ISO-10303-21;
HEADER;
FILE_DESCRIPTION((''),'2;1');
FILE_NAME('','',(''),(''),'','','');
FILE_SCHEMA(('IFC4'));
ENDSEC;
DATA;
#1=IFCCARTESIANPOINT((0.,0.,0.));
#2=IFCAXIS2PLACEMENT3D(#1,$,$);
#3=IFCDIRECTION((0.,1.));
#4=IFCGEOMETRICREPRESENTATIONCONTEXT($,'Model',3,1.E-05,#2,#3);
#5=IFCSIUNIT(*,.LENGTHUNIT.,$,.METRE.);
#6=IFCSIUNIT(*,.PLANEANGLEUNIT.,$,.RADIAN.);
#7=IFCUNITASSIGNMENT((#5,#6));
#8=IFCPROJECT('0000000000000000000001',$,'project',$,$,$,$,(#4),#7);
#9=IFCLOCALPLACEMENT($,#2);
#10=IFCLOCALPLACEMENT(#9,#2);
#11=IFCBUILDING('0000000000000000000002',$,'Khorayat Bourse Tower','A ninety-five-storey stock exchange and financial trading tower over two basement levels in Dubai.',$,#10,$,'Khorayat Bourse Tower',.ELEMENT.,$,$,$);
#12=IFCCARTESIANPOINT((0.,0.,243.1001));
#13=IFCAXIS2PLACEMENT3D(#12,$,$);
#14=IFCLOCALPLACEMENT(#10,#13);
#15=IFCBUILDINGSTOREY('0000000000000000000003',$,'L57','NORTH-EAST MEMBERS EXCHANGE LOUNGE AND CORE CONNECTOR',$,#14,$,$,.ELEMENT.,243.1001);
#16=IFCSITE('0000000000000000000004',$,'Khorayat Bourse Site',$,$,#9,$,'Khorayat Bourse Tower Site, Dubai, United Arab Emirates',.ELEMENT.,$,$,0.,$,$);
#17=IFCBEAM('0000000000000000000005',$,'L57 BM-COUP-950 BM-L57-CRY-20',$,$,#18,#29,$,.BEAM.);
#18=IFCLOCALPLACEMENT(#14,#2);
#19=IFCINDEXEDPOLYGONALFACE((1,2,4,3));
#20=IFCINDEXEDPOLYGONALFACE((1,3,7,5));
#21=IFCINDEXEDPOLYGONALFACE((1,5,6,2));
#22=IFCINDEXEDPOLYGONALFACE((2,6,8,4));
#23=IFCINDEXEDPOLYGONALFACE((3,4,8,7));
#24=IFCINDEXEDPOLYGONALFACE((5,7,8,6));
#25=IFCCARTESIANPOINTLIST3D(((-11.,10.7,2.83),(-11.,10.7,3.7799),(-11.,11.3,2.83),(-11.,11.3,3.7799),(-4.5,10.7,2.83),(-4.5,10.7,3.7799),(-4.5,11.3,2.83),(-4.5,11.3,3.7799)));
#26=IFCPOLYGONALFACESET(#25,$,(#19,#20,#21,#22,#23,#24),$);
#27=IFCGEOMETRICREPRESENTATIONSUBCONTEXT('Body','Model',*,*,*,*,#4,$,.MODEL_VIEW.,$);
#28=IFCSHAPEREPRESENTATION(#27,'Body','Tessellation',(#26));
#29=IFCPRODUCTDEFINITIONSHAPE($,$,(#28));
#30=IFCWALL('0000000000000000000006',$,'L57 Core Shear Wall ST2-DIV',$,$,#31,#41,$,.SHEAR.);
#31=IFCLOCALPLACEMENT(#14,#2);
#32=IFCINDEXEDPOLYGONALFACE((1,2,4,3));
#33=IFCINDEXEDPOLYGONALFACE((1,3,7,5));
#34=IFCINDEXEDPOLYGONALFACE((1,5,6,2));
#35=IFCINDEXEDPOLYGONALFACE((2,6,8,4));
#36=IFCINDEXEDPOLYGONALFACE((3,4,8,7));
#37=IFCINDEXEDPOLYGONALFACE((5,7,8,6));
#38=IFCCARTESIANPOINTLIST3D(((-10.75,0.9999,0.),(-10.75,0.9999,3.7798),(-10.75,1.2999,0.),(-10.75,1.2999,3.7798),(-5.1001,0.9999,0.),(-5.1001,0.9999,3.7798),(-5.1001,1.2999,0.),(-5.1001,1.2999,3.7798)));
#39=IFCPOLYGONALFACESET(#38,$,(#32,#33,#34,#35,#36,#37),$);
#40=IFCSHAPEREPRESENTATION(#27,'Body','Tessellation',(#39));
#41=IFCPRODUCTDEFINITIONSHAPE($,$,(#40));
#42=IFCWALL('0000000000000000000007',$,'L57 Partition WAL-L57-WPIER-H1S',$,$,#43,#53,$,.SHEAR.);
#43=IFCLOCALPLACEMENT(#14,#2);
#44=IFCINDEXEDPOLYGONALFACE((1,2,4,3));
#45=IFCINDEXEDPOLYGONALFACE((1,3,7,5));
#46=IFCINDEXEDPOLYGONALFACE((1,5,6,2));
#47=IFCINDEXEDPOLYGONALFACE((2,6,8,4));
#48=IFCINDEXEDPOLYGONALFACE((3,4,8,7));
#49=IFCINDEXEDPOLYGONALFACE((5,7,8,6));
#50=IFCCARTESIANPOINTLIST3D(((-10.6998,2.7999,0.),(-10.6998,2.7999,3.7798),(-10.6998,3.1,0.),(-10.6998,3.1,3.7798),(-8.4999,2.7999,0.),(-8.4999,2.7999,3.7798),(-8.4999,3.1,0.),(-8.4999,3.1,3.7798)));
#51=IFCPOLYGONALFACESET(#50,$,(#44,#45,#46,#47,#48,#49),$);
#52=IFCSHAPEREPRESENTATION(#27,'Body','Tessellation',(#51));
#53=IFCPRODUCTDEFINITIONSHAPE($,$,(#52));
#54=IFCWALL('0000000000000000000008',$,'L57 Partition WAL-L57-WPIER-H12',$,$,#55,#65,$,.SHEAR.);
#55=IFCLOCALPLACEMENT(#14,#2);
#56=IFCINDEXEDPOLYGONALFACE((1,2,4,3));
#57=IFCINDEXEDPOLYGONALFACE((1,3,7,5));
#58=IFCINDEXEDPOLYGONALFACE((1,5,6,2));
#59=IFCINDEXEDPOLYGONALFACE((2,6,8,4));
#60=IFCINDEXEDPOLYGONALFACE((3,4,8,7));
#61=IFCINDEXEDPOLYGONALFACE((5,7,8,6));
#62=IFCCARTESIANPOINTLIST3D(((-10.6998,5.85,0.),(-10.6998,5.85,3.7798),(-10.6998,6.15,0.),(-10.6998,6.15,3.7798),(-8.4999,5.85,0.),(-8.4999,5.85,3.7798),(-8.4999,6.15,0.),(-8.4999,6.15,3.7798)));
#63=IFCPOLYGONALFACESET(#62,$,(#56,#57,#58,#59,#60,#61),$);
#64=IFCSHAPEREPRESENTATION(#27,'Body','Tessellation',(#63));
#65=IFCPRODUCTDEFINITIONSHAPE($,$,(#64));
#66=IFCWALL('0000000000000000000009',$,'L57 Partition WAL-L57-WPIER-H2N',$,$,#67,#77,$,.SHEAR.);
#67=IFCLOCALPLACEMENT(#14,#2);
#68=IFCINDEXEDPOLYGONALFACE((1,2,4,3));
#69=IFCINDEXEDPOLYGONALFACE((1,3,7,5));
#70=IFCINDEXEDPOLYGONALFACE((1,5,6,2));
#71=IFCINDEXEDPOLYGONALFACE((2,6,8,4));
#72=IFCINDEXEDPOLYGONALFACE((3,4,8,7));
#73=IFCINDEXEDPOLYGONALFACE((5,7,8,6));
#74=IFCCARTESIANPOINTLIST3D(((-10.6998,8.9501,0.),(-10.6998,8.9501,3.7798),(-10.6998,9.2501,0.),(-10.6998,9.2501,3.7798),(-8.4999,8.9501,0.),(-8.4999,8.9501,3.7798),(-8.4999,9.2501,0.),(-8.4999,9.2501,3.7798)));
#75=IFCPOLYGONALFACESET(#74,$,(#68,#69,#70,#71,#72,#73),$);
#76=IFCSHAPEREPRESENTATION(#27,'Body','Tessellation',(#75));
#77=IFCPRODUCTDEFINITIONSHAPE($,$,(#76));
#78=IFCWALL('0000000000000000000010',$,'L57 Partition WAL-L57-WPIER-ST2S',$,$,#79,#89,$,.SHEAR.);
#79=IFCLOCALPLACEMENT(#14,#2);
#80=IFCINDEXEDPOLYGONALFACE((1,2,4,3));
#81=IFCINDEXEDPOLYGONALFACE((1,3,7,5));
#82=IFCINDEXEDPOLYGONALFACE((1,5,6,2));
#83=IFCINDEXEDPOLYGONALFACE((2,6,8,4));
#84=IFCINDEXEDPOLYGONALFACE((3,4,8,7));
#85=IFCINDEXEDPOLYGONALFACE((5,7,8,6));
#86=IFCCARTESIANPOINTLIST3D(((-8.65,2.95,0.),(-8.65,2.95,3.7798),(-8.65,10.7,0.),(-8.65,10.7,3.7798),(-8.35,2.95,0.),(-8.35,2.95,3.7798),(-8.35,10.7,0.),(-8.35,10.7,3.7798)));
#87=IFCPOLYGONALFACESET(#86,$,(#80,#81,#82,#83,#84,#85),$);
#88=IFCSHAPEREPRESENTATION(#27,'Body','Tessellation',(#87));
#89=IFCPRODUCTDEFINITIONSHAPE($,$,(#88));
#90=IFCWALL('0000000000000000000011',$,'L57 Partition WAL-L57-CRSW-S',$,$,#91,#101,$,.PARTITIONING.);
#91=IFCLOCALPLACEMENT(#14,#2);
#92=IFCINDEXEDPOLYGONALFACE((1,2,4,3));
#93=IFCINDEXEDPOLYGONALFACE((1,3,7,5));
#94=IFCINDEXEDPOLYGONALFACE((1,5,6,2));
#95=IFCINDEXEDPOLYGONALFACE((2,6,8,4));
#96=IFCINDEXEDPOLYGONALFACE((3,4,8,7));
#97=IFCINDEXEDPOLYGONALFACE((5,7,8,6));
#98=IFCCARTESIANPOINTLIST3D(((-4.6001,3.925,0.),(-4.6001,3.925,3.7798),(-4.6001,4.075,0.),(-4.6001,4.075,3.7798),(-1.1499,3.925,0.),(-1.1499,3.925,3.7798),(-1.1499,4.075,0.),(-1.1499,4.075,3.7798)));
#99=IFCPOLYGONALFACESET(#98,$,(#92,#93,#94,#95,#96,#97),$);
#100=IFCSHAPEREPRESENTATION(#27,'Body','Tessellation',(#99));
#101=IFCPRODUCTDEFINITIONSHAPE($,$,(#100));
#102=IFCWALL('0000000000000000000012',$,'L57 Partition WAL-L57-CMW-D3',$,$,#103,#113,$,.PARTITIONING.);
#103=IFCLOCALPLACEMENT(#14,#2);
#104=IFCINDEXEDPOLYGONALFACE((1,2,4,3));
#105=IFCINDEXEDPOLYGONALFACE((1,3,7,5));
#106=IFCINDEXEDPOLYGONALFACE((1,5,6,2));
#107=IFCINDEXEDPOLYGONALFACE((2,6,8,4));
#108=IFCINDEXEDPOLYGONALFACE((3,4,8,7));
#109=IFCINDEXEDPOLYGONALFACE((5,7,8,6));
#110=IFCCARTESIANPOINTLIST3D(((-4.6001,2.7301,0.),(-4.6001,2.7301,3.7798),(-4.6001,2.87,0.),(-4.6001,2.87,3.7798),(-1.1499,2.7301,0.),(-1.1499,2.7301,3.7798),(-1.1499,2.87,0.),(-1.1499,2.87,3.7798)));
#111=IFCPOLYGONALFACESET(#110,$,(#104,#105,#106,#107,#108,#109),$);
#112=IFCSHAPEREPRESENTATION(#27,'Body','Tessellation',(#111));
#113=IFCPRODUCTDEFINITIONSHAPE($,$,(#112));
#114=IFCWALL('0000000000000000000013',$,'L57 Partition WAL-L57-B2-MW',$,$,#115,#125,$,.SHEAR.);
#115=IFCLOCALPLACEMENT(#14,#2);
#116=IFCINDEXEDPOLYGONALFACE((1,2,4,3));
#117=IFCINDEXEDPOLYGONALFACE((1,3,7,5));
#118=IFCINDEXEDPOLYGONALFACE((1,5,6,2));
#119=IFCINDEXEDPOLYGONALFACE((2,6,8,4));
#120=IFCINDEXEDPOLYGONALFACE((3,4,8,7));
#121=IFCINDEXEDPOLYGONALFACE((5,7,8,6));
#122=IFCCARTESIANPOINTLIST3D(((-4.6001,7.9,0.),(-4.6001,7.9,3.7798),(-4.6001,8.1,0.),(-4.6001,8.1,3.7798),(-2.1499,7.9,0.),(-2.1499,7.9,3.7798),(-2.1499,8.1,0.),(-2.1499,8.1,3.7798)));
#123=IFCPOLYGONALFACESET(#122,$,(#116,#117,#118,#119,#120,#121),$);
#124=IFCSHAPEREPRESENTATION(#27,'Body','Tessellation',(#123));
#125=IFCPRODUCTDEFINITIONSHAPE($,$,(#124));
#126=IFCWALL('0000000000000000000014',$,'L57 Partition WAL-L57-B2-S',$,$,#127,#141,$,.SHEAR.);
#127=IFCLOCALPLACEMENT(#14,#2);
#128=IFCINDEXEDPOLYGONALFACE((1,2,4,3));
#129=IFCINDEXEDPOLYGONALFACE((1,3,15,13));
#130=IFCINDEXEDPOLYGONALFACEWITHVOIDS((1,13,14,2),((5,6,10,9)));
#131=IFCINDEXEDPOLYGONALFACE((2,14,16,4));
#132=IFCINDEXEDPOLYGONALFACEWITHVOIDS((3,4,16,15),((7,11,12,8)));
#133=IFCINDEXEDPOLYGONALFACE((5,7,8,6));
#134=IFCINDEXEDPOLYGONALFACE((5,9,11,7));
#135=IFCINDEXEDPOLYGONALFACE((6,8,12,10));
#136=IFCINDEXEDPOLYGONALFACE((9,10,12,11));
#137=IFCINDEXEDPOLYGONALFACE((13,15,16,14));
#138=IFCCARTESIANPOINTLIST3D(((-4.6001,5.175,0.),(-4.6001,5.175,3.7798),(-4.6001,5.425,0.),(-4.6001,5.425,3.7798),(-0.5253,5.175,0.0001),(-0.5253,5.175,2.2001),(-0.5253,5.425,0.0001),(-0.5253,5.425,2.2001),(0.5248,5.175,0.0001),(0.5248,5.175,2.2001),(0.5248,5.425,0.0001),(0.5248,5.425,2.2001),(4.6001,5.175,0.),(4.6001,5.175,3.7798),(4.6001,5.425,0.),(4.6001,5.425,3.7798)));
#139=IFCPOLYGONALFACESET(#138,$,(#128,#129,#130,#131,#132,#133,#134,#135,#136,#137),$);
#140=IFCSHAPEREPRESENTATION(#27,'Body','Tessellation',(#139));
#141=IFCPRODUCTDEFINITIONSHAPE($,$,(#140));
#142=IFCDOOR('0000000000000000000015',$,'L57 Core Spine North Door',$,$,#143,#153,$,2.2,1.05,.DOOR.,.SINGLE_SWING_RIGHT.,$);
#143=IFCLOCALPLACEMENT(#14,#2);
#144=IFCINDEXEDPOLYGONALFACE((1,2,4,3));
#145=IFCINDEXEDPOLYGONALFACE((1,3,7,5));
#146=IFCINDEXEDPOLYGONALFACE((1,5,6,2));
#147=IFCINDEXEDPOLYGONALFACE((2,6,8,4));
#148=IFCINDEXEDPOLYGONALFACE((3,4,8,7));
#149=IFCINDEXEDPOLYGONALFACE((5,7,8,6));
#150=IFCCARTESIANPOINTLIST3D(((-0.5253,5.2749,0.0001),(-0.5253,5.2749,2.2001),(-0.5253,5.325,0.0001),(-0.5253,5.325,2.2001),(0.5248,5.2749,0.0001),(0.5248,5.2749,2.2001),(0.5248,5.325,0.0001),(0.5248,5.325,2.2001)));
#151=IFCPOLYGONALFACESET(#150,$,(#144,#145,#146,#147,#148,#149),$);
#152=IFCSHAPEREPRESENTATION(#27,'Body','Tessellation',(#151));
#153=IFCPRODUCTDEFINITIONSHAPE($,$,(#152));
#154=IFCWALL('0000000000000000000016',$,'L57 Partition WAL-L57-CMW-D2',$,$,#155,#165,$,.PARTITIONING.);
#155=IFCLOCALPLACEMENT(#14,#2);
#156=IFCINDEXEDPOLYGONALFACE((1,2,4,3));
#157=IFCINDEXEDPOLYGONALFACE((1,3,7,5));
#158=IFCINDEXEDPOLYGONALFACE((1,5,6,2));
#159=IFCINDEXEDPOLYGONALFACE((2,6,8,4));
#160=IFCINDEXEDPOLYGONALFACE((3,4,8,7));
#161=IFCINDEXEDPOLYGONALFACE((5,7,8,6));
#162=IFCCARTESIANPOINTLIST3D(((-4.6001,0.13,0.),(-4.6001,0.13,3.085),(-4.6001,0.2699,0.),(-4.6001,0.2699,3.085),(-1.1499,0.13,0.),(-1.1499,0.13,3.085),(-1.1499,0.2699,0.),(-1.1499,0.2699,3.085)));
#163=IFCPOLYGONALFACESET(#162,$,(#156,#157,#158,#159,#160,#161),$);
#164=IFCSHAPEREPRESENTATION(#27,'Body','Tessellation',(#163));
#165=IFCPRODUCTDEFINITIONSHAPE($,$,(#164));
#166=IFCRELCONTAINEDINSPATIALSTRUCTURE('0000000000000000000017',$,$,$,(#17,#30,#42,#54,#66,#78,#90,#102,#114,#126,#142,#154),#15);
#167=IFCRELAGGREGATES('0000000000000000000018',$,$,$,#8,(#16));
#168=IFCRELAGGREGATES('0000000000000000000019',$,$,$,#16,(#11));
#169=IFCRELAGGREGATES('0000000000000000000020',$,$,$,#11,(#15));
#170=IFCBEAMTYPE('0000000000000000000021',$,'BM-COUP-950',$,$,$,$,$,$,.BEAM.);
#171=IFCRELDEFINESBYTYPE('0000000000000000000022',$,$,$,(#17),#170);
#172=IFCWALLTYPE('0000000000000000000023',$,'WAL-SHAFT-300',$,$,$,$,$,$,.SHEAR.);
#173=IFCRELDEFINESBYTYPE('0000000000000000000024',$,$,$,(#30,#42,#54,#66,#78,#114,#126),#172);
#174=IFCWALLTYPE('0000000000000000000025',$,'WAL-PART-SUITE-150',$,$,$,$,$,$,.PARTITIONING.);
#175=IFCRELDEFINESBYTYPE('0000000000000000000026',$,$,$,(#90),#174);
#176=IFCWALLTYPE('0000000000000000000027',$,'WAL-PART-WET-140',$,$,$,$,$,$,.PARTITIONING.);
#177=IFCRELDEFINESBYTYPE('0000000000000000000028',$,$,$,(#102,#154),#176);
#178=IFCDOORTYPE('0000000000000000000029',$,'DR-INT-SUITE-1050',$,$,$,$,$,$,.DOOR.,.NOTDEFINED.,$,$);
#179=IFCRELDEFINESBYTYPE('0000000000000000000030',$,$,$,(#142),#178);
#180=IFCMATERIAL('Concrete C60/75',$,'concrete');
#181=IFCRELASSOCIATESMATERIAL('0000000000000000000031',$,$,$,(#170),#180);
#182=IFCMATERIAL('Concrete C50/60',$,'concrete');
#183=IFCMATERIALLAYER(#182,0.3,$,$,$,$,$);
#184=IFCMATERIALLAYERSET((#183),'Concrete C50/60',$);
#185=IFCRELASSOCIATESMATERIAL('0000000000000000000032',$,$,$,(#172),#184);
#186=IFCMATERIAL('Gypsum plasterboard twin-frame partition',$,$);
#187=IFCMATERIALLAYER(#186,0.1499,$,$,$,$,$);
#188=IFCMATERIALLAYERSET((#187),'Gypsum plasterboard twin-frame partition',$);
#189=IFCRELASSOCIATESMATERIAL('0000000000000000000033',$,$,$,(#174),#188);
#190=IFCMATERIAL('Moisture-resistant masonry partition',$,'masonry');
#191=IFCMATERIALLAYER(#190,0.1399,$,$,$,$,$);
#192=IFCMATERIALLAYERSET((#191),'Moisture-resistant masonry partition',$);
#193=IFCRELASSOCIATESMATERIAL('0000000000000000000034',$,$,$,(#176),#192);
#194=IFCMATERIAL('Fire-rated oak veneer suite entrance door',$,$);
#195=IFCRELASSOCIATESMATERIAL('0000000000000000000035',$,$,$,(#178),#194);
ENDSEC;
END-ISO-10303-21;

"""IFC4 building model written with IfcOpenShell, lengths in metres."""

from ifc_helpers import new_model, si_unit, direction, frame, frame_2d, origin, origin_2d, place, context, subcontext, project, spatial, rectangle, extrude, source, transform, mapped, material, layer, layer_set, material_profile, profile_set, type_object, element, fill, save


model = new_model("IFC4")

# Units and contexts
model_context = context("Model", 3, precision=1e-05, world=origin(), true_north=direction((0.0, 1.0)))
body_context = subcontext(model_context, "Body", "Model", "MODEL_VIEW")
ifc_project = project(units=[si_unit("LENGTHUNIT", "METRE"), si_unit("PLANEANGLEUNIT", "RADIAN")], contexts=[model_context])

# Site, building, storey
site_placement = place(None, origin())
site = spatial("IfcSite", under=ifc_project, at=site_placement, Name="Khorayat Bourse Site", LongName="Khorayat Bourse Tower Site, Dubai, United Arab Emirates", CompositionType="ELEMENT", RefElevation=0.0)
building_placement = place(site_placement, origin())
building = spatial("IfcBuilding", under=site, at=building_placement, Name="Khorayat Bourse Tower", Description="A ninety-five-storey stock exchange and financial trading tower over two basement levels in Dubai.", LongName="Khorayat Bourse Tower", CompositionType="ELEMENT")
storey_placement = place(building_placement, frame((0.0, 0.0, 243.1001)))
storey = spatial("IfcBuildingStorey", under=building, at=storey_placement, Name="L57", Description="NORTH-EAST MEMBERS EXCHANGE LOUNGE AND CORE CONNECTOR", CompositionType="ELEMENT", Elevation=243.1001)

# Shared definitions
ifc_material_1 = material(Name="Concrete C60/75", Category="concrete")

# Beam
ifc_material_profile_1 = material_profile(ifc_material_1, rectangle(XDim=0.6001, YDim=0.95, at=origin_2d()), Name="RC 600x950")
ifc_profile_set_1 = profile_set([ifc_material_profile_1], Name="Concrete C60/75")
beam_type_1 = type_object("IfcBeamType", Name="BM-COUP-950", PredefinedType="BEAM", material=ifc_profile_set_1)
shared_shape_1 = source(origin(), body_context, "Body", "SweptSolid", [
    extrude(rectangle(XDim=0.6001, YDim=0.95, at=origin_2d()), origin(), (0.0, 0.0, 1.0), 6.5),
])
beam_1_placement = place(storey_placement, frame((-11.0, 11.0, 3.3049), z_axis=(1.0, 0.0, 0.0), x_axis=(0.0, 1.0, 0.0)))
element("IfcBeam", 1, at=beam_1_placement, inside=storey, type_object=beam_type_1, Name="L57 BM-COUP-950 BM-L57-CRY-20", PredefinedType="BEAM", context=body_context, shape_type="MappedRepresentation", body=[
    mapped(shared_shape_1, transform((0.0, 0.0, 0.0), scale=1.0)),
])

# Walls
ifc_material_2 = material(Name="Concrete C50/60", Category="concrete")
ifc_layer_1 = layer(ifc_material_2, 0.3)
ifc_layer_set_1 = layer_set([ifc_layer_1], Name="Concrete C50/60")
wall_type_1 = type_object("IfcWallType", Name="WAL-SHAFT-300", PredefinedType="SHEAR", material=ifc_layer_set_1)
shared_shape_2 = source(origin(), body_context, "Body", "SweptSolid", [
    extrude(rectangle(XDim=5.6499, YDim=0.3, at=frame_2d((2.825, 0.0))), origin(), (0.0, 0.0, 1.0), 3.7798),
])
wall_1_placement = place(storey_placement, frame((-10.75, 1.1499, 0.0), z_axis=(0.0, 0.0, 1.0), x_axis=(1.0, 0.0, 0.0)))
element("IfcWall", 2, at=wall_1_placement, inside=storey, type_object=wall_type_1, Name="L57 Core Shear Wall ST2-DIV", PredefinedType="SHEAR", context=body_context, shape_type="MappedRepresentation", body=[
    mapped(shared_shape_2, transform((0.0, 0.0, 0.0), scale=1.0)),
])
shared_shape_3 = source(origin(), body_context, "Body", "SweptSolid", [
    extrude(rectangle(XDim=2.2, YDim=0.3, at=frame_2d((1.1001, 0.0))), origin(), (0.0, 0.0, 1.0), 3.7798),
])
for number, where, z_axis, x_axis, name in (
    (3, (-10.7, 2.95, 0.0), (0.0, 0.0, 1.0), (1.0, 0.0, 0.0), "L57 Partition WAL-L57-WPIER-H1S"),
    (4, (-10.7, 6.0, 0.0), (0.0, 0.0, 1.0), (1.0, 0.0, 0.0), "L57 Partition WAL-L57-WPIER-H12"),
    (5, (-10.7, 9.1001, 0.0), (0.0, 0.0, 1.0), (1.0, 0.0, 0.0), "L57 Partition WAL-L57-WPIER-H2N"),
):
    element("IfcWall", number, at=place(storey_placement, frame(where, z_axis=z_axis, x_axis=x_axis)), inside=storey, type_object=wall_type_1, Name=name, PredefinedType="SHEAR", context=body_context, shape_type="MappedRepresentation", body=[
        mapped(shared_shape_3, transform((0.0, 0.0, 0.0), scale=1.0)),
    ])
shared_shape_4 = source(origin(), body_context, "Body", "SweptSolid", [
    extrude(rectangle(XDim=7.75, YDim=0.3, at=frame_2d((3.875, 0.0))), origin(), (0.0, 0.0, 1.0), 3.7798),
])
wall_2_placement = place(storey_placement, frame((-8.5, 2.95, 0.0), z_axis=(0.0, 0.0, 1.0), x_axis=(0.0, 1.0, 0.0)))
element("IfcWall", 6, at=wall_2_placement, inside=storey, type_object=wall_type_1, Name="L57 Partition WAL-L57-WPIER-ST2S", PredefinedType="SHEAR", context=body_context, shape_type="MappedRepresentation", body=[
    mapped(shared_shape_4, transform((0.0, 0.0, 0.0), scale=1.0)),
])
ifc_material_3 = material(Name="Gypsum plasterboard twin-frame partition")
ifc_layer_2 = layer(ifc_material_3, 0.1499)
ifc_layer_set_2 = layer_set([ifc_layer_2], Name="Gypsum plasterboard twin-frame partition")
wall_type_2 = type_object("IfcWallType", Name="WAL-PART-SUITE-150", PredefinedType="PARTITIONING", material=ifc_layer_set_2)
shared_shape_5 = source(origin(), body_context, "Body", "SweptSolid", [
    extrude(rectangle(XDim=3.4502, YDim=0.1499, at=frame_2d((1.7251, 0.0))), origin(), (0.0, 0.0, 1.0), 3.7798),
])
wall_3_placement = place(storey_placement, frame((-4.6001, 4.0, 0.0), z_axis=(0.0, 0.0, 1.0), x_axis=(1.0, 0.0, 0.0)))
element("IfcWall", 7, at=wall_3_placement, inside=storey, type_object=wall_type_2, Name="L57 Partition WAL-L57-CRSW-S", PredefinedType="PARTITIONING", context=body_context, shape_type="MappedRepresentation", body=[
    mapped(shared_shape_5, transform((0.0, 0.0, 0.0), scale=1.0)),
])
ifc_material_4 = material(Name="Moisture-resistant masonry partition", Category="masonry")
ifc_layer_3 = layer(ifc_material_4, 0.1399)
ifc_layer_set_3 = layer_set([ifc_layer_3], Name="Moisture-resistant masonry partition")
wall_type_3 = type_object("IfcWallType", Name="WAL-PART-WET-140", PredefinedType="PARTITIONING", material=ifc_layer_set_3)
shared_shape_6 = source(origin(), body_context, "Body", "SweptSolid", [
    extrude(rectangle(XDim=3.4502, YDim=0.1399, at=frame_2d((1.7251, 0.0))), origin(), (0.0, 0.0, 1.0), 3.7798),
])
wall_4_placement = place(storey_placement, frame((-4.6001, 2.8, 0.0), z_axis=(0.0, 0.0, 1.0), x_axis=(1.0, 0.0, 0.0)))
element("IfcWall", 8, at=wall_4_placement, inside=storey, type_object=wall_type_3, Name="L57 Partition WAL-L57-CMW-D3", PredefinedType="PARTITIONING", context=body_context, shape_type="MappedRepresentation", body=[
    mapped(shared_shape_6, transform((0.0, 0.0, 0.0), scale=1.0)),
])
shared_shape_7 = source(origin(), body_context, "Body", "SweptSolid", [
    extrude(rectangle(XDim=2.4502, YDim=0.2, at=frame_2d((1.2251, 0.0))), origin(), (0.0, 0.0, 1.0), 3.7798),
])
wall_5_placement = place(storey_placement, frame((-4.6001, 8.0, 0.0), z_axis=(0.0, 0.0, 1.0), x_axis=(1.0, 0.0, 0.0)))
element("IfcWall", 9, at=wall_5_placement, inside=storey, type_object=wall_type_1, Name="L57 Partition WAL-L57-B2-MW", PredefinedType="SHEAR", context=body_context, shape_type="MappedRepresentation", body=[
    mapped(shared_shape_7, transform((0.0, 0.0, 0.0), scale=1.0)),
])

# Wall, opening, door
shared_shape_8 = source(origin(), body_context, "Body", "SweptSolid", [
    extrude(rectangle(XDim=9.2002, YDim=0.25, at=frame_2d((4.6001, 0.0))), origin(), (0.0, 0.0, 1.0), 3.7798),
])
wall_6_placement = place(storey_placement, frame((-4.6001, 5.3, 0.0), z_axis=(0.0, 0.0, 1.0), x_axis=(1.0, 0.0, 0.0)))
wall_6 = element("IfcWall", 10, at=wall_6_placement, inside=storey, type_object=wall_type_1, Name="L57 Partition WAL-L57-B2-S", PredefinedType="SHEAR", context=body_context, shape_type="MappedRepresentation", body=[
    mapped(shared_shape_8, transform((0.0, 0.0, 0.0), scale=1.0)),
])
shared_shape_9 = source(origin(), body_context, "Body", "SweptSolid", [
    extrude(rectangle(XDim=1.05, YDim=2.2, at=frame_2d((0.5249, 1.1001))), frame((0.0, 0.135, 0.0), z_axis=(0.0, -1.0, 0.0), x_axis=(1.0, 0.0, 0.0)), (0.0, 0.0, 1.0), 0.27),
])
opening_placement = place(wall_6_placement, frame((4.075, 0.0, 0.0)))
opening = element("IfcOpeningElement", 11, at=opening_placement, cuts=wall_6, PredefinedType="OPENING", context=body_context, shape_type="MappedRepresentation", body=[
    mapped(shared_shape_9, transform((0.0, 0.0, 0.0), scale=1.0)),
])
ifc_material_5 = material(Name="Fire-rated oak veneer suite entrance door")
door_type = type_object("IfcDoorType", Name="DR-INT-SUITE-1050", OperationType="NOTDEFINED", PredefinedType="DOOR", material=ifc_material_5)
shared_shape_10 = source(origin(), body_context, "Body", "SweptSolid", [
    extrude(rectangle(XDim=1.05, YDim=2.2, at=frame_2d((0.5249, 1.1001))), frame((0.0, 0.0249, 0.0), z_axis=(0.0, -1.0, 0.0), x_axis=(1.0, 0.0, 0.0)), (0.0, 0.0, 1.0), 0.05),
])
door_placement = place(opening_placement, origin())
door = element("IfcDoor", 12, at=door_placement, inside=storey, type_object=door_type, Name="L57 Core Spine North Door", OperationType="SINGLE_SWING_RIGHT", OverallHeight=2.2, OverallWidth=1.05, PredefinedType="DOOR", context=body_context, shape_type="MappedRepresentation", body=[
    mapped(shared_shape_10, transform((0.0, 0.0, 0.0), scale=1.0)),
])
fill(opening, door)

# Wall
shared_shape_11 = source(origin(), body_context, "Body", "SweptSolid", [
    extrude(rectangle(XDim=3.4502, YDim=0.1399, at=frame_2d((1.7251, 0.0))), origin(), (0.0, 0.0, 1.0), 3.085),
])
wall_7_placement = place(storey_placement, frame((-4.6001, 0.2, 0.0), z_axis=(0.0, 0.0, 1.0), x_axis=(1.0, 0.0, 0.0)))
element("IfcWall", 13, at=wall_7_placement, inside=storey, type_object=wall_type_3, Name="L57 Partition WAL-L57-CMW-D2", PredefinedType="PARTITIONING", context=body_context, shape_type="MappedRepresentation", body=[
    mapped(shared_shape_11, transform((0.0, 0.0, 0.0), scale=1.0)),
])

save(model, "model.ifc")
